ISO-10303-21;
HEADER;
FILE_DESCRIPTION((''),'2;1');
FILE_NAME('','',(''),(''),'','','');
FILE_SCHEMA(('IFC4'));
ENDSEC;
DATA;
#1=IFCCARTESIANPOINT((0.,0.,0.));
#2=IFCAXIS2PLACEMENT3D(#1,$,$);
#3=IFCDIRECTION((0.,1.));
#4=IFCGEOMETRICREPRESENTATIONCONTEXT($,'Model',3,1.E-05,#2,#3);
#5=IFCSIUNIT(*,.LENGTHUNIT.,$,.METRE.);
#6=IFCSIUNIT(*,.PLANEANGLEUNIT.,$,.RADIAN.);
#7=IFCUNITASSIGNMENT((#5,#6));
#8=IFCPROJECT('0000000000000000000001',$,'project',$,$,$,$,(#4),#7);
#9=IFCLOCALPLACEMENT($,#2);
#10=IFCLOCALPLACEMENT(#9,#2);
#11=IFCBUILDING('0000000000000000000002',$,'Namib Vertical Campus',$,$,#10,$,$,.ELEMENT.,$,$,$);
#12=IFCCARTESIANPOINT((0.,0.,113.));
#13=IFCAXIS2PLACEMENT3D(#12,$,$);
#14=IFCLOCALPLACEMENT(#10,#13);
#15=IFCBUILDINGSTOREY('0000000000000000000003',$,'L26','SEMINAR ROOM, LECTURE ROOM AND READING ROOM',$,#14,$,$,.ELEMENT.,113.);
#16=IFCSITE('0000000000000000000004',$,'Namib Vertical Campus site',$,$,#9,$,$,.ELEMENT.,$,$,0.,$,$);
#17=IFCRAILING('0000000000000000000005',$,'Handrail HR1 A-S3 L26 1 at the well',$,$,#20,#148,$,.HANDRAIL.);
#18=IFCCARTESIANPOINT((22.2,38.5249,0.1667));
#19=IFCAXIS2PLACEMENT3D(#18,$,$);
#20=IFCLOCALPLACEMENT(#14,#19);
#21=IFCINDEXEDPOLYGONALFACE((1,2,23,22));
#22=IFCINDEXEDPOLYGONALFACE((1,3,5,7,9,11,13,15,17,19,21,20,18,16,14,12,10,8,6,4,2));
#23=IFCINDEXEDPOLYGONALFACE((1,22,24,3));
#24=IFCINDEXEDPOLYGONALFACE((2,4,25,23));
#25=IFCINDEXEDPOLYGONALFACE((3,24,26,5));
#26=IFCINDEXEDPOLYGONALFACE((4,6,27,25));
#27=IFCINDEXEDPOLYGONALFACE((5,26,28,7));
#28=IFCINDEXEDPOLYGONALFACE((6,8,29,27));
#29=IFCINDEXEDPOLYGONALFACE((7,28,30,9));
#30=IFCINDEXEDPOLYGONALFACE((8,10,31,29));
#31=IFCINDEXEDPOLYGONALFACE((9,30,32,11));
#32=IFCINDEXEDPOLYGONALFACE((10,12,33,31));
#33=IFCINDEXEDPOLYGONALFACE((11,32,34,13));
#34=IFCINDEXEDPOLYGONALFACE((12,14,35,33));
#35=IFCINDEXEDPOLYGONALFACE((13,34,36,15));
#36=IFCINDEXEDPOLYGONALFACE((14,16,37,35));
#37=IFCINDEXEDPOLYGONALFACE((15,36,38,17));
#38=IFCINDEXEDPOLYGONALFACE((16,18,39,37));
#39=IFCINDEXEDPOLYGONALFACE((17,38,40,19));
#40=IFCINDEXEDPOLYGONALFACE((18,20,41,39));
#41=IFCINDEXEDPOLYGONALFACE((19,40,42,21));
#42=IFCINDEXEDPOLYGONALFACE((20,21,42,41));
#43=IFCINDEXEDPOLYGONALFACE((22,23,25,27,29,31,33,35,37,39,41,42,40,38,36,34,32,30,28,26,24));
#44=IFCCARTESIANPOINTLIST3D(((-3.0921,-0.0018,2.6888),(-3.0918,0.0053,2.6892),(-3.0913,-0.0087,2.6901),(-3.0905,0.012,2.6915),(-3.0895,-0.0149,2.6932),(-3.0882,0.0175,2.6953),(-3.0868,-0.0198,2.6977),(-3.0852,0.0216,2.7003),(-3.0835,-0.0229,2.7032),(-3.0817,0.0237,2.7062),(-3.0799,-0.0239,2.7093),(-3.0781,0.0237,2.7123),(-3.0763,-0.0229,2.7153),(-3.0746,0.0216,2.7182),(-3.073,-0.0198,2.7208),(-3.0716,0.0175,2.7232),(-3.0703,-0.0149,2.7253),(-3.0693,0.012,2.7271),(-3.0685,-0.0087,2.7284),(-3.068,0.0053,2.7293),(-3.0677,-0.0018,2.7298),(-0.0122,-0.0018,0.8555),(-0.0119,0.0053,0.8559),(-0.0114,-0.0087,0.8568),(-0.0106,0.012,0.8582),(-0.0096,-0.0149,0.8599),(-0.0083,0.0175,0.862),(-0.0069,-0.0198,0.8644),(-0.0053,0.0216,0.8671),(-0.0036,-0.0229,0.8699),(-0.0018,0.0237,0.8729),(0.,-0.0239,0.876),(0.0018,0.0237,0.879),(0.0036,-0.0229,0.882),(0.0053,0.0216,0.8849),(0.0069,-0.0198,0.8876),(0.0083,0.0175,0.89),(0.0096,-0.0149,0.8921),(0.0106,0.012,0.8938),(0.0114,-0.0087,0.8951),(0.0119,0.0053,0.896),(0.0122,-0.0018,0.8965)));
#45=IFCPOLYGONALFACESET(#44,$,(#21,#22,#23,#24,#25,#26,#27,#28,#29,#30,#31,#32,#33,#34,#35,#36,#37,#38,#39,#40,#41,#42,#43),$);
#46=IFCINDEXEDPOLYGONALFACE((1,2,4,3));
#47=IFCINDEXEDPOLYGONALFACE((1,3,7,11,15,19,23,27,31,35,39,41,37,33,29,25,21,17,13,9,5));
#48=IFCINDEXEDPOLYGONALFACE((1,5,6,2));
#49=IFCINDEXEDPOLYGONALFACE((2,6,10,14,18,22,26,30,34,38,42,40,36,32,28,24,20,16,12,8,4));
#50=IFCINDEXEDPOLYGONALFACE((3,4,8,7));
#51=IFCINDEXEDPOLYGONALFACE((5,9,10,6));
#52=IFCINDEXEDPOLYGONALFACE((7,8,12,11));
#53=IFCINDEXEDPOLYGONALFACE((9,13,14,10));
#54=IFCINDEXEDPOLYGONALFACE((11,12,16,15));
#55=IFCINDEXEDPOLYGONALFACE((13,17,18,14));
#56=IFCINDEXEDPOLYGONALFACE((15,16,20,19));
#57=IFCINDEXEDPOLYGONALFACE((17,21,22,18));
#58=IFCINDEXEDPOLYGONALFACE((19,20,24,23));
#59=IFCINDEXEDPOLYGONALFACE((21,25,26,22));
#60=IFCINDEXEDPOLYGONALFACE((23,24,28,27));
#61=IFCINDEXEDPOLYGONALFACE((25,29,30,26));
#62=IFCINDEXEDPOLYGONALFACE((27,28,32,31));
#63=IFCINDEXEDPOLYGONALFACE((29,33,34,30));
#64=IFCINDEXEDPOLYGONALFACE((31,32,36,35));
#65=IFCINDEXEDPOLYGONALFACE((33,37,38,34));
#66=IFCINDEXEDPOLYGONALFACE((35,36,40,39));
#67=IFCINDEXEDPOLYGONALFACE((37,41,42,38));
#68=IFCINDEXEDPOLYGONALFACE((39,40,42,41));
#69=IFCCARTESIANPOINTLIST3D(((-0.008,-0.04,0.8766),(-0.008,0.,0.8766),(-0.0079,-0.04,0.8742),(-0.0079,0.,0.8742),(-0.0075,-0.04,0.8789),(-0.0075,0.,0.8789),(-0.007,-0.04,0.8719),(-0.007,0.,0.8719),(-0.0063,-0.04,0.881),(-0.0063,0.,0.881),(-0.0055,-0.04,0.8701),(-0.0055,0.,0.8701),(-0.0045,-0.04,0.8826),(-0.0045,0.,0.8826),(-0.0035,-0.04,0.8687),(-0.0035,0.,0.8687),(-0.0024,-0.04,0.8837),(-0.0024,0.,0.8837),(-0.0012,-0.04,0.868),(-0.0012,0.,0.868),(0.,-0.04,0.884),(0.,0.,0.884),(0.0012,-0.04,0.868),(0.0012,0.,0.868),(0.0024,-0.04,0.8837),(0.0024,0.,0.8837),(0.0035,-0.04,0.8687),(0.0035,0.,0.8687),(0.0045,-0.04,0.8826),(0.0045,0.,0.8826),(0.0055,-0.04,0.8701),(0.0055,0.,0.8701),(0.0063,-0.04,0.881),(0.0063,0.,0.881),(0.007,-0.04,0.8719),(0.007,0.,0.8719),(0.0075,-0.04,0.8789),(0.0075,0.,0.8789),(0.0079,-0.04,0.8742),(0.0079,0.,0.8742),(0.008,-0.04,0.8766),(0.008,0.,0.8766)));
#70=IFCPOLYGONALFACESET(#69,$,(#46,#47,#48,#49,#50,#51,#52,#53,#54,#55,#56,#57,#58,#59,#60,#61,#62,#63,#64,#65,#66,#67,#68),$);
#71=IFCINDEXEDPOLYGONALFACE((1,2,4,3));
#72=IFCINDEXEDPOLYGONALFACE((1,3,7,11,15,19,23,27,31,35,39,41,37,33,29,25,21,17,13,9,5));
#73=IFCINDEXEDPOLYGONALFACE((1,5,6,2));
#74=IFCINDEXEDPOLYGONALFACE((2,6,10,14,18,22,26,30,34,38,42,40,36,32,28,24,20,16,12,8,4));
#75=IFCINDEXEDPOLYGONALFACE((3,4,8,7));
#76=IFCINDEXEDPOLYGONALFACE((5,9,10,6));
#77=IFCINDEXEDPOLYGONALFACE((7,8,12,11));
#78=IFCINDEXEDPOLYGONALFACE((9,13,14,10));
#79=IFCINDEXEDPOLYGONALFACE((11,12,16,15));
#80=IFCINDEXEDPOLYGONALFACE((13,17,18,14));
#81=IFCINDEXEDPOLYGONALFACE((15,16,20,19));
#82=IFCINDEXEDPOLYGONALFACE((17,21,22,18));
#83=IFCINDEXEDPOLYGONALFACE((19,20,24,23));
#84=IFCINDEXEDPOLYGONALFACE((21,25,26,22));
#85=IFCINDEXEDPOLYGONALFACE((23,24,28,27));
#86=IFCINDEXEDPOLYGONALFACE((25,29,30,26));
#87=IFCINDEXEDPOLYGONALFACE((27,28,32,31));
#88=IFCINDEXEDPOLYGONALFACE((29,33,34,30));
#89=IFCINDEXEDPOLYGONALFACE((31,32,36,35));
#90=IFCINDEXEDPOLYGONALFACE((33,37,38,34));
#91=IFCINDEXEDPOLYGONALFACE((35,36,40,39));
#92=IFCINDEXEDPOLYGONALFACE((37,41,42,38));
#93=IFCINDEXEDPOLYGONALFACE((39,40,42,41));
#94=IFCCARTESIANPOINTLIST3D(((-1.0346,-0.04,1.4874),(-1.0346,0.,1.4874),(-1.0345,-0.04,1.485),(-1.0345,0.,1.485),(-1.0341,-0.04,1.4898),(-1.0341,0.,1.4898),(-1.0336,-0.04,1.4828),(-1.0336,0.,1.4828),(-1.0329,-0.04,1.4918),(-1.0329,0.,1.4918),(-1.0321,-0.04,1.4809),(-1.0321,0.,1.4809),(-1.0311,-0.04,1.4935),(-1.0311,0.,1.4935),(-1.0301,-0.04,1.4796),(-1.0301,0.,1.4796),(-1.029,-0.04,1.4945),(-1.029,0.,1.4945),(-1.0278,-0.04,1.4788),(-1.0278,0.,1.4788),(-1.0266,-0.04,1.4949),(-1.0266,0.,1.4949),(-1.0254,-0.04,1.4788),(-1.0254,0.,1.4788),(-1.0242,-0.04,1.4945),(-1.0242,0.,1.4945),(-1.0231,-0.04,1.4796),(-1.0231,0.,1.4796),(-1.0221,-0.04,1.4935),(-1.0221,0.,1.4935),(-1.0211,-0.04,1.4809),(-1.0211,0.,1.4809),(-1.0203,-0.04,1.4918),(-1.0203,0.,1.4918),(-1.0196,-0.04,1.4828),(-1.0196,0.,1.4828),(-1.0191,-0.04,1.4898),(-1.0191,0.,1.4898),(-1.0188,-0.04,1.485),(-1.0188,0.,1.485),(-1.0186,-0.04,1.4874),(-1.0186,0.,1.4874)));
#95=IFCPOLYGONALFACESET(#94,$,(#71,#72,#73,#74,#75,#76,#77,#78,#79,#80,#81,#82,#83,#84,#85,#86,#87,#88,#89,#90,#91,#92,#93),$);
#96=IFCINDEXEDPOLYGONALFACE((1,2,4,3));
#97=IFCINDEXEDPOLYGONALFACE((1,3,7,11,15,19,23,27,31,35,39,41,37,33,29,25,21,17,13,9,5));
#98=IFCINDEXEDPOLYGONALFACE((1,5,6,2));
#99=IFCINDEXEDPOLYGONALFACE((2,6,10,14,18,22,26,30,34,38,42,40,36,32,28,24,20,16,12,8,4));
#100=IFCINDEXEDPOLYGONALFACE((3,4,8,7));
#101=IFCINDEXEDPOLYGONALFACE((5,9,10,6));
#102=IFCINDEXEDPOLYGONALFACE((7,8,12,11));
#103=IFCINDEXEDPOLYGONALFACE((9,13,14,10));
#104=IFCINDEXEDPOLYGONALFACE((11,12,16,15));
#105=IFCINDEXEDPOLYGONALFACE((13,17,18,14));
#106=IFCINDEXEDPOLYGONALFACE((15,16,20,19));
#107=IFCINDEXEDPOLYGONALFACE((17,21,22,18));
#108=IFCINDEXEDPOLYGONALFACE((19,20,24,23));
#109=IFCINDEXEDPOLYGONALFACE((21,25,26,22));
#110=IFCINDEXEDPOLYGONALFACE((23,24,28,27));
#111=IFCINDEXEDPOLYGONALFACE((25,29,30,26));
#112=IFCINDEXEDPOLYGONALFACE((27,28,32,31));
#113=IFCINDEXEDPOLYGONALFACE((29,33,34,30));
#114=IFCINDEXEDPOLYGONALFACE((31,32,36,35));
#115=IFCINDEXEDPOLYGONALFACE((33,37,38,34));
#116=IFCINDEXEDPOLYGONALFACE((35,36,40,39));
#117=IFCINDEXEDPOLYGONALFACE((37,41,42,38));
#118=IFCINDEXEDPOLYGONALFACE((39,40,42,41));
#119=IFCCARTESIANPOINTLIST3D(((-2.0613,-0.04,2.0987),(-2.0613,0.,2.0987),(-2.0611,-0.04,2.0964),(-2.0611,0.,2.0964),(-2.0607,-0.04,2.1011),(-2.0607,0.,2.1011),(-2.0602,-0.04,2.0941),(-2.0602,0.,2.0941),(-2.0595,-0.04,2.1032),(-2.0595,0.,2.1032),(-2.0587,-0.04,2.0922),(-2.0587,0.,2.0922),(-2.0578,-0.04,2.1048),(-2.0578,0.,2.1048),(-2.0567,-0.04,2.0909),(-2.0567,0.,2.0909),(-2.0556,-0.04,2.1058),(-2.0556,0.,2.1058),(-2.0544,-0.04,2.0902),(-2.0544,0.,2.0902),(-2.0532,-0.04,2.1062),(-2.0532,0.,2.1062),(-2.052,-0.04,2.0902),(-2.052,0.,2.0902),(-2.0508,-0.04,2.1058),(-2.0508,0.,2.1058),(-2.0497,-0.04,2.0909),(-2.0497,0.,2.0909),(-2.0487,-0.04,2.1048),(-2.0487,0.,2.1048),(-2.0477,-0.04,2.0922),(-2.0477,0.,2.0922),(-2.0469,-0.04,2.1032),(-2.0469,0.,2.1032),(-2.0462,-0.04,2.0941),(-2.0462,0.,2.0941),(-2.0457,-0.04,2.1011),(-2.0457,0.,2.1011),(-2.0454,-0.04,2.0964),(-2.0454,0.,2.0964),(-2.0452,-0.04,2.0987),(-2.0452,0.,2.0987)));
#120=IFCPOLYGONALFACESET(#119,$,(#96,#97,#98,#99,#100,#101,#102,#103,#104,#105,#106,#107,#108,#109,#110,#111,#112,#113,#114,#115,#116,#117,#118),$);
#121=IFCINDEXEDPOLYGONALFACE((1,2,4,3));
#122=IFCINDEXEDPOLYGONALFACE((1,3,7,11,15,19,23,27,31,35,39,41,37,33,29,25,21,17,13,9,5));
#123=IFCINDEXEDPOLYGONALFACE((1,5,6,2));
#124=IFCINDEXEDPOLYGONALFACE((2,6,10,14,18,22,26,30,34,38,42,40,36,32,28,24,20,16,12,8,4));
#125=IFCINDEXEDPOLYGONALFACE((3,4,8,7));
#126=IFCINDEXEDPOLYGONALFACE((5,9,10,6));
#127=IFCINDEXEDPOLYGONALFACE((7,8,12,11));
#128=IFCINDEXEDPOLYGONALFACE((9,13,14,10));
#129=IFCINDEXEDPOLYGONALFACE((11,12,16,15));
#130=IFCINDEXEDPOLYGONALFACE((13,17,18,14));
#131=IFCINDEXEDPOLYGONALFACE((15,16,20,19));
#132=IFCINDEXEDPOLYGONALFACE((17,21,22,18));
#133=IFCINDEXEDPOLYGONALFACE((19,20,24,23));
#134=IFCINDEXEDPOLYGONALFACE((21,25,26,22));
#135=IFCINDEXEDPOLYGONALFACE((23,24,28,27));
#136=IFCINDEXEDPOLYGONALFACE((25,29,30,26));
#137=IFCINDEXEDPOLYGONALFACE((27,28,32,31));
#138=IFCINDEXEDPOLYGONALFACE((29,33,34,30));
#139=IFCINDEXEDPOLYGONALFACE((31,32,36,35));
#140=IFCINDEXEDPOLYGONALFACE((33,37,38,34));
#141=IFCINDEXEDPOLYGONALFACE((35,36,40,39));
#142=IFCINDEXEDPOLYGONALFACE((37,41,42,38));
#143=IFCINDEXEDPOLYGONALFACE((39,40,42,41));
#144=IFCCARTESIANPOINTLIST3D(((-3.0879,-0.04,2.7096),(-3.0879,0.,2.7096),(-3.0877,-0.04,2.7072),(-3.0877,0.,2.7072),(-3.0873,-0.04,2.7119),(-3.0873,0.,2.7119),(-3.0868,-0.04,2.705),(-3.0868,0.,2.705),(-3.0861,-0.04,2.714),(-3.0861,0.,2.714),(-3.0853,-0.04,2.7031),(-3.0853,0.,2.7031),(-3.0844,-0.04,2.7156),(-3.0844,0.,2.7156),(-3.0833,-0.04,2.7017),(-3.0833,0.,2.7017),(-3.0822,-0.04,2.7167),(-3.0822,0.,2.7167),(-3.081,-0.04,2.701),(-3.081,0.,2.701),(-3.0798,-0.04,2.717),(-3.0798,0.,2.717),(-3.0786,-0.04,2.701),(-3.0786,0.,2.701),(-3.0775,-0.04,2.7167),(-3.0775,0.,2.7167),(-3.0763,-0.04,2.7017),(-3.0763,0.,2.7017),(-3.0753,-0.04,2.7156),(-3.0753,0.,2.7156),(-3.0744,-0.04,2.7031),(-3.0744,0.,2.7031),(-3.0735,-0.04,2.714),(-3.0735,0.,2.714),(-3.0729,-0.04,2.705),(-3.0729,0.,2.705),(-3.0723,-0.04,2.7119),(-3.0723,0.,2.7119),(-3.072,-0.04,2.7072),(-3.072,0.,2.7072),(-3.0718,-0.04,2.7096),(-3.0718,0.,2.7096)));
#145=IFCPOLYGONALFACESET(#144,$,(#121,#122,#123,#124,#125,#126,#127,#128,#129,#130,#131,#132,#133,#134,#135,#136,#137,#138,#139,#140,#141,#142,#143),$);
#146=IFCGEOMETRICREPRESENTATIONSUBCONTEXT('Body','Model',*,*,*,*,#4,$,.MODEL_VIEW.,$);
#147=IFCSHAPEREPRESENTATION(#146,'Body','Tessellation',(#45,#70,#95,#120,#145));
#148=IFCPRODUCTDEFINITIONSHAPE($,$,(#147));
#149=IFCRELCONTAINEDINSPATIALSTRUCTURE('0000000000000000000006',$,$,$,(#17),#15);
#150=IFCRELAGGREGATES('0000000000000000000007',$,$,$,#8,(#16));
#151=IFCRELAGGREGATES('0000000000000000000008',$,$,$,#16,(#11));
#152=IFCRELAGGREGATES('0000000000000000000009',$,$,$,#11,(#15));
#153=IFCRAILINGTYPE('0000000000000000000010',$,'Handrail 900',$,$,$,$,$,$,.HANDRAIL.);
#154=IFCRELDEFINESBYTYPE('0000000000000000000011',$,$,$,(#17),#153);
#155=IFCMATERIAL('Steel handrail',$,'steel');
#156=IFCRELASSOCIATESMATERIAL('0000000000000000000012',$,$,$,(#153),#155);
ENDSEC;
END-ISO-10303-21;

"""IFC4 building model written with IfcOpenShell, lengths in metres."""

from ifc_helpers import new_model, si_unit, direction, frame, origin, origin_2d, place, context, subcontext, project, spatial, circle, extrude, material, type_object, element, save


model = new_model("IFC4")

# Units and contexts
model_context = context("Model", 3, precision=1e-05, world=origin(), true_north=direction((0.0, 1.0)))
body_context = subcontext(model_context, "Body", "Model", "MODEL_VIEW")
ifc_project = project(units=[si_unit("LENGTHUNIT", "METRE"), si_unit("PLANEANGLEUNIT", "RADIAN")], contexts=[model_context])

# Site, building, storey
site_placement = place(None, origin())
site = spatial("IfcSite", under=ifc_project, at=site_placement, Name="Namib Vertical Campus site", CompositionType="ELEMENT", RefElevation=0.0)
building_placement = place(site_placement, origin())
building = spatial("IfcBuilding", under=site, at=building_placement, Name="Namib Vertical Campus", CompositionType="ELEMENT")
storey_placement = place(building_placement, frame((0.0, 0.0, 113.0)))
storey = spatial("IfcBuildingStorey", under=building, at=storey_placement, Name="L26", Description="SEMINAR ROOM, LECTURE ROOM AND READING ROOM", CompositionType="ELEMENT", Elevation=113.0)

# Railing
ifc_material_1 = material(Name="Steel handrail", Category="steel")
railing_type = type_object("IfcRailingType", Name="Handrail 900", PredefinedType="HANDRAIL", material=ifc_material_1)
railing_1_placement = place(storey_placement, frame((22.2, 38.5249, 0.1667)))
element("IfcRailing", 1, at=railing_1_placement, inside=storey, type_object=railing_type, Name="Handrail HR1 A-S3 L26 1 at the well", PredefinedType="HANDRAIL", context=body_context, shape_type="SweptSolid", body=[
    extrude(circle(Radius=0.0239, at=origin_2d()), frame((0.0, 0.0, 0.876), z_axis=(-0.859291, 0.0, 0.511487), x_axis=(0.0, -1.0, 0.0)), (0.0, 0.0, 1.0), 3.5842),
    extrude(circle(Radius=0.0081, at=origin_2d()), frame((0.0, 0.0, 0.876), z_axis=(0.0, -1.0, 0.0), x_axis=(0.0, 0.0, 1.0)), (0.0, 0.0, 1.0), 0.04),
    extrude(circle(Radius=0.0081, at=origin_2d()), frame((-1.0266, 0.0, 1.4868), z_axis=(0.0, -1.0, 0.0), x_axis=(0.0, 0.0, 1.0)), (0.0, 0.0, 1.0), 0.04),
    extrude(circle(Radius=0.0081, at=origin_2d()), frame((-2.0532, 0.0, 2.0981), z_axis=(0.0, -1.0, 0.0), x_axis=(0.0, 0.0, 1.0)), (0.0, 0.0, 1.0), 0.04),
    extrude(circle(Radius=0.0081, at=origin_2d()), frame((-3.0798, 0.0, 2.709), z_axis=(0.0, -1.0, 0.0), x_axis=(0.0, 0.0, 1.0)), (0.0, 0.0, 1.0), 0.04),
])

save(model, "model.ifc")
